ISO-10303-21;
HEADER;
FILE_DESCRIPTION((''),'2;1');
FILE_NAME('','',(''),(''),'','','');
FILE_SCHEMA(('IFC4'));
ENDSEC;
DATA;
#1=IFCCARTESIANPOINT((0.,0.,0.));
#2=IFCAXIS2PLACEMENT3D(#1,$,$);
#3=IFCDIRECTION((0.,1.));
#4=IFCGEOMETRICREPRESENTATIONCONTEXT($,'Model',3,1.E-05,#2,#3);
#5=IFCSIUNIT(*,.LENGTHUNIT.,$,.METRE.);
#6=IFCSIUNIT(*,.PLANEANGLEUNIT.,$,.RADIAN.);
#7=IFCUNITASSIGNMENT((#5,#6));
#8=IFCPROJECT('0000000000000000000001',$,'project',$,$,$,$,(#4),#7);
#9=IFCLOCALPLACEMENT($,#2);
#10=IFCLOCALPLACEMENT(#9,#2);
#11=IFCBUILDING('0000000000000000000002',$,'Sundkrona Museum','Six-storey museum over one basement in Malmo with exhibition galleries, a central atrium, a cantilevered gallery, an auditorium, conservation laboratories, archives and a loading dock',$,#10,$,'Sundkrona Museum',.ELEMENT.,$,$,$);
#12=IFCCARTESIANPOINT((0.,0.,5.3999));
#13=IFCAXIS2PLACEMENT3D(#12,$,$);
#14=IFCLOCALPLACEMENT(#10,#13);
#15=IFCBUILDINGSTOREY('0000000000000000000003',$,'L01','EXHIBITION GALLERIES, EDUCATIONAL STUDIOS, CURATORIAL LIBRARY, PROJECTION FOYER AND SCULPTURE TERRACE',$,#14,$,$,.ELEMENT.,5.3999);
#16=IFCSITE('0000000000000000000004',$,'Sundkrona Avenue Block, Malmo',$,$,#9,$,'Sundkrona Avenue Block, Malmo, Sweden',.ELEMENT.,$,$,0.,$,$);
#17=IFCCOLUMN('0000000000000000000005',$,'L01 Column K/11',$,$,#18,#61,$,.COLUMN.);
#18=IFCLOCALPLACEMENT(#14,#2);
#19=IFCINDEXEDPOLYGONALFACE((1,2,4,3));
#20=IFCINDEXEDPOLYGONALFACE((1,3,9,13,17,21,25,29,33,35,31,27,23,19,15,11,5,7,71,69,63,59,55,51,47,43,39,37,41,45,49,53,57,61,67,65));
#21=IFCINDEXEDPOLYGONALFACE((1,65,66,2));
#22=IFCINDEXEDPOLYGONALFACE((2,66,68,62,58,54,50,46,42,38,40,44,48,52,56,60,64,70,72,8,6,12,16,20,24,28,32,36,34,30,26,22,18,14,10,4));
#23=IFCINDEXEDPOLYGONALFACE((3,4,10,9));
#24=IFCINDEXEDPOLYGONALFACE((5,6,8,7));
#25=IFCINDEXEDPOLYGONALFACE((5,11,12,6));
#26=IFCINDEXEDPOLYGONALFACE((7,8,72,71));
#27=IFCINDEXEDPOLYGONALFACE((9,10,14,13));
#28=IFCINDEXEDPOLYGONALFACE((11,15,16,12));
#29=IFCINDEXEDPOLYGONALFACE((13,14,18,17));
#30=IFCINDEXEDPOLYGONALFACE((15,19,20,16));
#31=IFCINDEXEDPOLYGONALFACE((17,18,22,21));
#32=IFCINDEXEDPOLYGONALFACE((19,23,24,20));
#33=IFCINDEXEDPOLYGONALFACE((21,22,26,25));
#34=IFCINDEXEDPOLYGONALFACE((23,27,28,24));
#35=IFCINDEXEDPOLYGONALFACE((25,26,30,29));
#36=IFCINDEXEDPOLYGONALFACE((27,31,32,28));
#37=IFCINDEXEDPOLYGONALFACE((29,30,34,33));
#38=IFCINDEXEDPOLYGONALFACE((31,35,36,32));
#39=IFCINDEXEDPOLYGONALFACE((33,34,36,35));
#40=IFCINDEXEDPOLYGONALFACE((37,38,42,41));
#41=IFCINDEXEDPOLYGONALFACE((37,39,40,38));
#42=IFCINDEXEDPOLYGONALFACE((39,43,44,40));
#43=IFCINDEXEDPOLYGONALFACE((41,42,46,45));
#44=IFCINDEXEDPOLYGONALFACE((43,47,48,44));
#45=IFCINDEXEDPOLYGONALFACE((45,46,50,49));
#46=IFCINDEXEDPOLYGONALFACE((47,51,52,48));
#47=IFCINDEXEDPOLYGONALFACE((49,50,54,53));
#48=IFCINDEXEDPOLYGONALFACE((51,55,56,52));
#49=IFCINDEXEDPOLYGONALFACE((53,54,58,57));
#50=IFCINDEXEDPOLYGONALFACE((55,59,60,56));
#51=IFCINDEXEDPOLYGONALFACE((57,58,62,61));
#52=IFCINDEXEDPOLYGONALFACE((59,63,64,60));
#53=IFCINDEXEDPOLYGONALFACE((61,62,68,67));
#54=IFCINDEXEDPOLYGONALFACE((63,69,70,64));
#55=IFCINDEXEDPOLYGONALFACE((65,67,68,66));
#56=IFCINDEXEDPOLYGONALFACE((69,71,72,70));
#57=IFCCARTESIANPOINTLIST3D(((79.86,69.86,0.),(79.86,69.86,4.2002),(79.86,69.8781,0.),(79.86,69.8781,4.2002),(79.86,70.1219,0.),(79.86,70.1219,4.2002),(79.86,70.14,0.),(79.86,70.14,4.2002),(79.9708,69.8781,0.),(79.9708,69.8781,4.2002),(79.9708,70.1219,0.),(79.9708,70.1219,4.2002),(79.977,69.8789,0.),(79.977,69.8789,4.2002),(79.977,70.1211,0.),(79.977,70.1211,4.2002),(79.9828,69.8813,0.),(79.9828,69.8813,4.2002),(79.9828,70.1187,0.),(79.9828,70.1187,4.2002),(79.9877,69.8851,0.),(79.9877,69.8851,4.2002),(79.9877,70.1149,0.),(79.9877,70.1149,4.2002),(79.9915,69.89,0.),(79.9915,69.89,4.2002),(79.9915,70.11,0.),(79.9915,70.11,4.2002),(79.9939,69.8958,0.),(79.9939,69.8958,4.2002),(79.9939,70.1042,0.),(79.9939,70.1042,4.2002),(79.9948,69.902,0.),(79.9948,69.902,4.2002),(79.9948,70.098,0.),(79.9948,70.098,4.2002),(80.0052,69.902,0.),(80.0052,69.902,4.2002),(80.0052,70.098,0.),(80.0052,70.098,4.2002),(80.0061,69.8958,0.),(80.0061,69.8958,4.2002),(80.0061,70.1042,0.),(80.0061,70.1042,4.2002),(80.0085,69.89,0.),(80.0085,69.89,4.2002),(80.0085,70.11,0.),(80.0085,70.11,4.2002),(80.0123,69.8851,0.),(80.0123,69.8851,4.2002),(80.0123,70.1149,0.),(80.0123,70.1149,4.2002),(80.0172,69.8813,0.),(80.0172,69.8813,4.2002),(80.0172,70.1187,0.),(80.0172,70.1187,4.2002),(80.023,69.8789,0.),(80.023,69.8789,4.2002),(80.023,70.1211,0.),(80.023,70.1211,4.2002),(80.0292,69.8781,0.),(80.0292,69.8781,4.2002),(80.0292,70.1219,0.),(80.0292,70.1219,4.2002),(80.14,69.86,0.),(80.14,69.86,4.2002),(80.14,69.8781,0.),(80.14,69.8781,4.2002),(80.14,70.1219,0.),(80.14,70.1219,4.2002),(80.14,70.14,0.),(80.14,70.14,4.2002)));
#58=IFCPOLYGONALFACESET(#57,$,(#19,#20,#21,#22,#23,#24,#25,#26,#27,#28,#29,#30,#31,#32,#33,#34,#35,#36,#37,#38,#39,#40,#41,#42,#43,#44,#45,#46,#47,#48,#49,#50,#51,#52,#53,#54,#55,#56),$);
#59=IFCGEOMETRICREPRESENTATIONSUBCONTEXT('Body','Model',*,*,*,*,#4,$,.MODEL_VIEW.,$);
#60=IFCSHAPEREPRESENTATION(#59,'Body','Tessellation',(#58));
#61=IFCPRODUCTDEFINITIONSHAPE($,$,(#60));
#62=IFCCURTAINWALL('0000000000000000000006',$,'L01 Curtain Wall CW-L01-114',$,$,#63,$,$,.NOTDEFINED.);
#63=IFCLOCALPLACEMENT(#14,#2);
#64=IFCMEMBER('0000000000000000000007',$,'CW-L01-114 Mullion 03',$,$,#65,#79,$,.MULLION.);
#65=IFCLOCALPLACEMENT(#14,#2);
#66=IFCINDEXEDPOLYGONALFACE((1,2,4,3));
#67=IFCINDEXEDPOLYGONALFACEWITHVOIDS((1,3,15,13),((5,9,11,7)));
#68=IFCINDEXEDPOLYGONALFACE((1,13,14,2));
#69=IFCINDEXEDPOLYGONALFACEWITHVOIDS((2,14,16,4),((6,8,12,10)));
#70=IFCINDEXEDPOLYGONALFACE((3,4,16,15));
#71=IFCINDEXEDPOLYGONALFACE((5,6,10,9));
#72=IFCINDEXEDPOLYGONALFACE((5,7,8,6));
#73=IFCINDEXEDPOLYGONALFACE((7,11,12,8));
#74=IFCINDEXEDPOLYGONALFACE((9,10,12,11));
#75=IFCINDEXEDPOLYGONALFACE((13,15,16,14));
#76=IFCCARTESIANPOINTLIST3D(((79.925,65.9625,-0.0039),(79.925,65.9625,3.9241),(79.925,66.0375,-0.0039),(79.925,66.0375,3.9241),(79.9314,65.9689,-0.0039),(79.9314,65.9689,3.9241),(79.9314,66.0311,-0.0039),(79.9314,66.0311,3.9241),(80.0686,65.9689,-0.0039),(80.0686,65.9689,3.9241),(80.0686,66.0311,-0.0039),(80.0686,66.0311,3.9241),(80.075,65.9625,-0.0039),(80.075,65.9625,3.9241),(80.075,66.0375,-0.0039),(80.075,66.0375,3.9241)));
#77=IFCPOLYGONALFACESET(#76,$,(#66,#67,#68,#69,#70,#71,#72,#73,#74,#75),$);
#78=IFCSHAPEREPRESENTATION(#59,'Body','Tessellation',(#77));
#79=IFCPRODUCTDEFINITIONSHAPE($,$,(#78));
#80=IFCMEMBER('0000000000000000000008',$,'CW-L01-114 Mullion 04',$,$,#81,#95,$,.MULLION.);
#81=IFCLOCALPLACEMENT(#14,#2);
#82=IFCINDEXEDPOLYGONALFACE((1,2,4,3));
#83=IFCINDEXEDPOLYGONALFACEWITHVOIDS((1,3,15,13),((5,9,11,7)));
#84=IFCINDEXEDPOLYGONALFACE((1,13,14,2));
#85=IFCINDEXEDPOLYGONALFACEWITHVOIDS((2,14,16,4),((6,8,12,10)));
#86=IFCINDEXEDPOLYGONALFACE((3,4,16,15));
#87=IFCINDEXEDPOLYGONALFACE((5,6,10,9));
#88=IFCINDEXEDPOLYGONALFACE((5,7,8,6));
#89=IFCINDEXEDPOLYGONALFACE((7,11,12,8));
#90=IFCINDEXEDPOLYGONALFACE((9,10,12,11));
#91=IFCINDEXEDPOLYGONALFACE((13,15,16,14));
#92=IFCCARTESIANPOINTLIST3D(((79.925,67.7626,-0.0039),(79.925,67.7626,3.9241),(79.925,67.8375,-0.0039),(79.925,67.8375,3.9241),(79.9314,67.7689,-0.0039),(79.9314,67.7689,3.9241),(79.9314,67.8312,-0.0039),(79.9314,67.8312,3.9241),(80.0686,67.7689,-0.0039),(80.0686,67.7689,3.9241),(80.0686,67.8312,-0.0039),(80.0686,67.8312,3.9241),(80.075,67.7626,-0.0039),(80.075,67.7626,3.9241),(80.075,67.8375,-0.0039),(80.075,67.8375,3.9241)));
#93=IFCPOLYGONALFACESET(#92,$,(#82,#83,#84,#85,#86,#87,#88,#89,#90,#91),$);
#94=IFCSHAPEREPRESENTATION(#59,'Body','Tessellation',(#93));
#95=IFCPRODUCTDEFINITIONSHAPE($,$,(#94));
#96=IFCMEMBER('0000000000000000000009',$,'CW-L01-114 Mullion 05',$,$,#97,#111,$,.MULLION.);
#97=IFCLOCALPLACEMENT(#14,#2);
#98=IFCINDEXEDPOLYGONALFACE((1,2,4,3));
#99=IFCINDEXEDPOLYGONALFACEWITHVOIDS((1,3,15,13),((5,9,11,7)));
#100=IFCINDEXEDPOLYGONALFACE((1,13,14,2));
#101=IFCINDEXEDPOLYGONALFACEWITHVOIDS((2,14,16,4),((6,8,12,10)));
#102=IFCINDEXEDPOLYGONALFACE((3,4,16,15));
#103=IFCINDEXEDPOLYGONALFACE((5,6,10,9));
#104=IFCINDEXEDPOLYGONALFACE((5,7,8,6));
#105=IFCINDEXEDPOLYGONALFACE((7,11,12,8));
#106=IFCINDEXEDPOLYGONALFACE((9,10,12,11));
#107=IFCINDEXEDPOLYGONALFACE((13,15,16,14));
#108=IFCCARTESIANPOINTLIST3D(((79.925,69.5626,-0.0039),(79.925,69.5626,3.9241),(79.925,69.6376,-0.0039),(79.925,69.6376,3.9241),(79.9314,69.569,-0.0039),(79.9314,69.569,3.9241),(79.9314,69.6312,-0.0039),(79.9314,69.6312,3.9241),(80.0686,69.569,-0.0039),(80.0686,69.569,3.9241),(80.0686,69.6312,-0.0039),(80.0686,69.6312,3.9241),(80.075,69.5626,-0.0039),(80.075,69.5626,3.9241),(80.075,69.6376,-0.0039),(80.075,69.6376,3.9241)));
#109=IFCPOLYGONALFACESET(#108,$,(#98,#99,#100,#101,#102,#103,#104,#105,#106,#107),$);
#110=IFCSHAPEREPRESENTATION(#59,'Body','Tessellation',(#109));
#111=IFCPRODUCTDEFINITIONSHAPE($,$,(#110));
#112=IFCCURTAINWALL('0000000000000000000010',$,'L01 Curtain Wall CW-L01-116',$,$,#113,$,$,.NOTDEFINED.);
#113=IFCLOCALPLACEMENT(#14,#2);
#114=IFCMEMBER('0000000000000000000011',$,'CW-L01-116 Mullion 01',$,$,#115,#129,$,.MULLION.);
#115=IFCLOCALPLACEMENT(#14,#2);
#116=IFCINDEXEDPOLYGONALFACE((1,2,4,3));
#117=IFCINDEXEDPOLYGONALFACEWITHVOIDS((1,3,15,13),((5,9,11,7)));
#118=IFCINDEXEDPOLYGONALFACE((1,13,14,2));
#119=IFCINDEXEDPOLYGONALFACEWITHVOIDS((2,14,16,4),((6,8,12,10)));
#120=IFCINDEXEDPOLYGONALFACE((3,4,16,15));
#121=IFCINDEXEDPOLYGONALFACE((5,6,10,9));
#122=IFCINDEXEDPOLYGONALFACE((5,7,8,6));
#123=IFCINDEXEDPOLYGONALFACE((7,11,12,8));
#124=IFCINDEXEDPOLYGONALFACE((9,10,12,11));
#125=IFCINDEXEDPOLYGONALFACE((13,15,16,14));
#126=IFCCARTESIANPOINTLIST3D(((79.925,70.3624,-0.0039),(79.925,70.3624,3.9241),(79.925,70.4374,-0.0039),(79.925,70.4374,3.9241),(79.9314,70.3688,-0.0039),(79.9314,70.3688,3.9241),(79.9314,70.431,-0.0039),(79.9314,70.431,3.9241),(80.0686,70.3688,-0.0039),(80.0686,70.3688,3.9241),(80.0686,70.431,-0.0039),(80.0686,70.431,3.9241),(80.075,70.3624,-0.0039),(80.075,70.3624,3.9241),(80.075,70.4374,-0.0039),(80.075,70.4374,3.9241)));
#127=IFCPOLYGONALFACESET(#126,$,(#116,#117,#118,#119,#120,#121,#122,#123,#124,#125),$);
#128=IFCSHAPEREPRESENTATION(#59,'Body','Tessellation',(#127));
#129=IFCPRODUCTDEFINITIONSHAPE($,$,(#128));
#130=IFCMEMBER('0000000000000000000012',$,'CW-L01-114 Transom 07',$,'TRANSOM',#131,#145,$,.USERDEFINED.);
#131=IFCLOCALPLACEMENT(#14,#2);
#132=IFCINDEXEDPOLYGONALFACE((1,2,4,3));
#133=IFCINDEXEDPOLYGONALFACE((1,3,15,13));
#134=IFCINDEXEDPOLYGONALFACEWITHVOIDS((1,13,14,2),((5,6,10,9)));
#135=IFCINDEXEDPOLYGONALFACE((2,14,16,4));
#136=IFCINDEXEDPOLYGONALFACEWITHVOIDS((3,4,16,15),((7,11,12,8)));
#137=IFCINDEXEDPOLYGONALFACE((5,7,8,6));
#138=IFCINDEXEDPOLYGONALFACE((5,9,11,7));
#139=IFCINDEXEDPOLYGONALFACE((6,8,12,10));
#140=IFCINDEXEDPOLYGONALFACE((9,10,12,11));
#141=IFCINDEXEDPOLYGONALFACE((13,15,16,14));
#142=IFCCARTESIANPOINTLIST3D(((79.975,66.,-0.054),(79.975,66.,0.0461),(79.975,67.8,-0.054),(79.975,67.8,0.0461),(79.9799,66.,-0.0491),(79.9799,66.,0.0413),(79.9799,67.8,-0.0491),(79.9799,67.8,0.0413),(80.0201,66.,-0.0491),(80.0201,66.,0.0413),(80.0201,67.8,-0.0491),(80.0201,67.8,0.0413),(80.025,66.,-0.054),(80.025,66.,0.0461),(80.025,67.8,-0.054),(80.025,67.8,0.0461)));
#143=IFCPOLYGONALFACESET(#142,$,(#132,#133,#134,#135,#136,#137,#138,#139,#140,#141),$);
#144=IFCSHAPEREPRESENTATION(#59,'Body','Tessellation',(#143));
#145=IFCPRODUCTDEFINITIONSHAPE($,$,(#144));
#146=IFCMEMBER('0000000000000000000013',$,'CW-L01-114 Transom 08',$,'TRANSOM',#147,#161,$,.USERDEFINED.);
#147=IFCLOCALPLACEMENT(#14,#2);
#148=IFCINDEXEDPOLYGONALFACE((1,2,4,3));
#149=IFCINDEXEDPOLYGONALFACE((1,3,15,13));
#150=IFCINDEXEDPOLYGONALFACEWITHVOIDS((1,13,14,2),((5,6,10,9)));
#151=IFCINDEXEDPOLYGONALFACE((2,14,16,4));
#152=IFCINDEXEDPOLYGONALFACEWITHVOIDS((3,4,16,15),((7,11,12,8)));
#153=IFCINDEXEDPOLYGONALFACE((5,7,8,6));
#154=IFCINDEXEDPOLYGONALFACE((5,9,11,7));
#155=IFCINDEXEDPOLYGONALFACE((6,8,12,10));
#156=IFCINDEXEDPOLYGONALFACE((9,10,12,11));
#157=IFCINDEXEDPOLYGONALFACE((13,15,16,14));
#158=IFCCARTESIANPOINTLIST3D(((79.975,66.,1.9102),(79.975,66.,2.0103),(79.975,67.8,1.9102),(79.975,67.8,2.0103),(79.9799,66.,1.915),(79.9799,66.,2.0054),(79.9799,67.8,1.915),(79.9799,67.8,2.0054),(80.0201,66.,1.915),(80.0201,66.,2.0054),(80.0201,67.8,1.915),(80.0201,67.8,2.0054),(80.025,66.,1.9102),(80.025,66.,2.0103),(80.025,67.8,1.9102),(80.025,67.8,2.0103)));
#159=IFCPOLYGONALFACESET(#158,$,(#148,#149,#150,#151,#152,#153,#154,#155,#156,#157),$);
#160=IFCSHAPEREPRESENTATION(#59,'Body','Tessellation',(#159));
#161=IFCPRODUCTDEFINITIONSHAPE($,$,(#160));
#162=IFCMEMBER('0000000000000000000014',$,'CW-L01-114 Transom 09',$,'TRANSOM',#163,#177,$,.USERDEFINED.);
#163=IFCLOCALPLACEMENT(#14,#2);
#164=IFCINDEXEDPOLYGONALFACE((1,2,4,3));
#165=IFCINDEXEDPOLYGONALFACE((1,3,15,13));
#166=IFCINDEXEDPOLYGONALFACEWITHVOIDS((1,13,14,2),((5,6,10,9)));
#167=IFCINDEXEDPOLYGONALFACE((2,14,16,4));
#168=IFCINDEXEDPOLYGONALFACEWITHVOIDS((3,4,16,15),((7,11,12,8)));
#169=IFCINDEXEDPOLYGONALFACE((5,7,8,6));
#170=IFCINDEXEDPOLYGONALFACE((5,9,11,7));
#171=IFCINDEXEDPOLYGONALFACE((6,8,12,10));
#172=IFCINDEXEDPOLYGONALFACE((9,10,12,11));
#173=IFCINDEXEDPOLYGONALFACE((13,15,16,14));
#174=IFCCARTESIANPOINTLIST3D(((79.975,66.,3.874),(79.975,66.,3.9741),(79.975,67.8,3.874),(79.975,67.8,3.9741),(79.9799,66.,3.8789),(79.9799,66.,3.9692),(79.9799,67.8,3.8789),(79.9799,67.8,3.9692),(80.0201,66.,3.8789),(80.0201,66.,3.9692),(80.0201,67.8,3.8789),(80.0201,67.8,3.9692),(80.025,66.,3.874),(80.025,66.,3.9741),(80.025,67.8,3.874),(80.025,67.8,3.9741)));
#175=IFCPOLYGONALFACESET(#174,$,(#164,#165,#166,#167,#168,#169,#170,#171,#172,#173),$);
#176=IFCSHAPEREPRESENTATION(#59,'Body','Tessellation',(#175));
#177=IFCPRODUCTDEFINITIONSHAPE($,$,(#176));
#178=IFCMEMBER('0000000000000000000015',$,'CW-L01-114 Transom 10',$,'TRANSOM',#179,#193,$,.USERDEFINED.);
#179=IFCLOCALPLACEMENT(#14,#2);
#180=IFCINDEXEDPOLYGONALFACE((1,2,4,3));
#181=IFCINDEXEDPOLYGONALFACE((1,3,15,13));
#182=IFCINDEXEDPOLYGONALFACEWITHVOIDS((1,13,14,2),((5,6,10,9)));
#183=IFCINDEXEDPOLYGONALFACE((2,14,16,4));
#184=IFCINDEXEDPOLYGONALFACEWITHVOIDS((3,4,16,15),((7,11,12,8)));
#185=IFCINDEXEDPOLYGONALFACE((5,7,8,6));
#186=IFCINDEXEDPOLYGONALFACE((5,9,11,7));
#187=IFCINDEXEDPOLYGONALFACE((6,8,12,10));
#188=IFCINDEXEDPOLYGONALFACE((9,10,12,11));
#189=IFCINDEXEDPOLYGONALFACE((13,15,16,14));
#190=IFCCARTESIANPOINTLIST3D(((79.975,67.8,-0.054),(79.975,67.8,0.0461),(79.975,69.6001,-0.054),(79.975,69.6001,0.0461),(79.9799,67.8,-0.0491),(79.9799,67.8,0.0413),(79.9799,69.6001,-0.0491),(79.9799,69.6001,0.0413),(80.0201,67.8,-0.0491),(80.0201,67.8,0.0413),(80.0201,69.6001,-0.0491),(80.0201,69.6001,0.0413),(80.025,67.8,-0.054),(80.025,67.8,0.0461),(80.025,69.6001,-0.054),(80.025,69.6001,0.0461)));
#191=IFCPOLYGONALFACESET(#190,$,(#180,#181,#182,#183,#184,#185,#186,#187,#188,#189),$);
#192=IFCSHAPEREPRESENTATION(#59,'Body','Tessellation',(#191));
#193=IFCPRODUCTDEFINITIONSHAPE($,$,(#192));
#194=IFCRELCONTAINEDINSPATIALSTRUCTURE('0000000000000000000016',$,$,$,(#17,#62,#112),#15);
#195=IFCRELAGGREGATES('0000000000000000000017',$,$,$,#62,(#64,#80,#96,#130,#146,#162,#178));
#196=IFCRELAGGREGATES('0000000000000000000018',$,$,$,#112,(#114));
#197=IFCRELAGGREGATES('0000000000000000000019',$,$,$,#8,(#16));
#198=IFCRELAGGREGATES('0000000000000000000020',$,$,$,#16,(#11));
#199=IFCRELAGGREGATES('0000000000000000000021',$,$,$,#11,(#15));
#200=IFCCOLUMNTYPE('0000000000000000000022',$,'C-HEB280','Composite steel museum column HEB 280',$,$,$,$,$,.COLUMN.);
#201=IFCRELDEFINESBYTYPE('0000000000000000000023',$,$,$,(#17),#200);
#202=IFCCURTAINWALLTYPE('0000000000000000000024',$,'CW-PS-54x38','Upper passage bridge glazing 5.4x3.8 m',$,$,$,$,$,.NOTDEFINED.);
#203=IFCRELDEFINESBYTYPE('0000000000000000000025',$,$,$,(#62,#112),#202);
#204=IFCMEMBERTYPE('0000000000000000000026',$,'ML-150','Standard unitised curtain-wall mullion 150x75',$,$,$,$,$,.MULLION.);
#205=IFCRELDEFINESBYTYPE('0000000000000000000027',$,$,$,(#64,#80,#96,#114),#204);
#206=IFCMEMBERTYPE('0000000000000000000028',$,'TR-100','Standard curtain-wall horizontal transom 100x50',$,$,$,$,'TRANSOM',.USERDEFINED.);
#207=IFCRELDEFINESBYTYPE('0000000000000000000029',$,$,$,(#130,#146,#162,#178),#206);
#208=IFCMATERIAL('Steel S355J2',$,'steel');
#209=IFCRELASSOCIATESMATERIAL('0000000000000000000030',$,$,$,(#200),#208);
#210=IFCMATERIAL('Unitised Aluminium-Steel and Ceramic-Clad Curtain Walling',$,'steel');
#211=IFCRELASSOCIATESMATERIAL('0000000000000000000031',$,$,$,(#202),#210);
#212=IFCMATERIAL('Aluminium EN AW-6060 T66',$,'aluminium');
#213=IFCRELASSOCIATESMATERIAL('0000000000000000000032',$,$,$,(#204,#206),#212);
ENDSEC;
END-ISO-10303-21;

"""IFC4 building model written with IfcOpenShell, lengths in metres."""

from ifc_helpers import new_model, si_unit, direction, frame, origin, origin_2d, place, context, subcontext, project, spatial, hollow_rectangle, i_section, extrude, material, material_profile, profile_set, type_object, element, aggregate, save


model = new_model("IFC4")

# Units and contexts
model_context = context("Model", 3, precision=1e-05, world=origin(), true_north=direction((0.0, 1.0)))
body_context = subcontext(model_context, "Body", "Model", "MODEL_VIEW")
ifc_project = project(units=[si_unit("LENGTHUNIT", "METRE"), si_unit("PLANEANGLEUNIT", "RADIAN")], contexts=[model_context])

# Site, building, storey
site_placement = place(None, origin())
site = spatial("IfcSite", under=ifc_project, at=site_placement, Name="Sundkrona Avenue Block, Malmo", LongName="Sundkrona Avenue Block, Malmo, Sweden", CompositionType="ELEMENT", RefElevation=0.0)
building_placement = place(site_placement, origin())
building = spatial("IfcBuilding", under=site, at=building_placement, Name="Sundkrona Museum", Description="Six-storey museum over one basement in Malmo with exhibition galleries, a central atrium, a cantilevered gallery, an auditorium, conservation laboratories, archives and a loading dock", LongName="Sundkrona Museum", CompositionType="ELEMENT")
storey_placement = place(building_placement, frame((0.0, 0.0, 5.3999)))
storey = spatial("IfcBuildingStorey", under=building, at=storey_placement, Name="L01", Description="EXHIBITION GALLERIES, EDUCATIONAL STUDIOS, CURATORIAL LIBRARY, PROJECTION FOYER AND SCULPTURE TERRACE", CompositionType="ELEMENT", Elevation=5.3999)

# Column
ifc_material_1 = material(Name="Steel S355J2", Category="steel")
ifc_material_profile_1 = material_profile(ifc_material_1, i_section(OverallWidth=0.28, OverallDepth=0.28, WebThickness=0.0105, FlangeThickness=0.0181, FilletRadius=0.0239, at=origin_2d()), Name="HEB 280")
ifc_profile_set_1 = profile_set([ifc_material_profile_1], Name="Steel S355J2")
column_type = type_object("IfcColumnType", Name="C-HEB280", Description="Composite steel museum column HEB 280", PredefinedType="COLUMN", material=ifc_profile_set_1)
column_placement = place(storey_placement, frame((80.0, 70.0, 0.0), z_axis=(0.0, 0.0, 1.0), x_axis=(1.0, 0.0, 0.0)))
element("IfcColumn", 1, at=column_placement, inside=storey, type_object=column_type, Name="L01 Column K/11", PredefinedType="COLUMN", context=body_context, shape_type="SweptSolid", body=[
    extrude(i_section(OverallWidth=0.28, OverallDepth=0.28, WebThickness=0.0105, FlangeThickness=0.0181, FilletRadius=0.0239, at=origin_2d()), origin(), (0.0, 0.0, 1.0), 4.2002),
])

# Curtain wall, members
ifc_material_2 = material(Name="Unitised Aluminium-Steel and Ceramic-Clad Curtain Walling", Category="steel")
curtain_wall_type = type_object("IfcCurtainWallType", Name="CW-PS-54x38", Description="Upper passage bridge glazing 5.4x3.8 m", PredefinedType="NOTDEFINED", material=ifc_material_2)
curtain_wall_1_placement = place(storey_placement, origin())
curtain_wall_1 = element("IfcCurtainWall", 2, at=curtain_wall_1_placement, inside=storey, type_object=curtain_wall_type, Name="L01 Curtain Wall CW-L01-114", PredefinedType="NOTDEFINED")
ifc_material_3 = material(Name="Aluminium EN AW-6060 T66", Category="aluminium")
ifc_material_profile_2 = material_profile(ifc_material_3, hollow_rectangle(XDim=0.075, YDim=0.1499, WallThickness=0.0063, at=origin_2d()), Name="RHS 150x75x6.3")
ifc_profile_set_2 = profile_set([ifc_material_profile_2], Name="Aluminium EN AW-6060 T66")
member_type_1 = type_object("IfcMemberType", Name="ML-150", Description="Standard unitised curtain-wall mullion 150x75", PredefinedType="MULLION", material=ifc_profile_set_2)
member_1_placement = place(storey_placement, frame((80.0, 66.0, -0.0039), z_axis=(0.0, 0.0, 1.0), x_axis=(0.0, 1.0, 0.0)))
member_1 = element("IfcMember", 3, at=member_1_placement, type_object=member_type_1, Name="CW-L01-114 Mullion 03", PredefinedType="MULLION", context=body_context, shape_type="SweptSolid", body=[
    extrude(hollow_rectangle(XDim=0.075, YDim=0.1499, WallThickness=0.0063, at=origin_2d()), origin(), (0.0, 0.0, 1.0), 3.928),
])
member_2_placement = place(storey_placement, frame((80.0, 67.8, -0.0039), z_axis=(0.0, 0.0, 1.0), x_axis=(0.0, 1.0, 0.0)))
member_2 = element("IfcMember", 4, at=member_2_placement, type_object=member_type_1, Name="CW-L01-114 Mullion 04", PredefinedType="MULLION", context=body_context, shape_type="SweptSolid", body=[
    extrude(hollow_rectangle(XDim=0.075, YDim=0.1499, WallThickness=0.0063, at=origin_2d()), origin(), (0.0, 0.0, 1.0), 3.928),
])
member_3_placement = place(storey_placement, frame((80.0, 69.6001, -0.0039), z_axis=(0.0, 0.0, 1.0), x_axis=(0.0, 1.0, 0.0)))
member_3 = element("IfcMember", 5, at=member_3_placement, type_object=member_type_1, Name="CW-L01-114 Mullion 05", PredefinedType="MULLION", context=body_context, shape_type="SweptSolid", body=[
    extrude(hollow_rectangle(XDim=0.075, YDim=0.1499, WallThickness=0.0063, at=origin_2d()), origin(), (0.0, 0.0, 1.0), 3.928),
])

# Curtain wall, member
curtain_wall_2_placement = place(storey_placement, origin())
curtain_wall_2 = element("IfcCurtainWall", 6, at=curtain_wall_2_placement, inside=storey, type_object=curtain_wall_type, Name="L01 Curtain Wall CW-L01-116", PredefinedType="NOTDEFINED")
member_4_placement = place(storey_placement, frame((80.0, 70.3999, -0.0039), z_axis=(0.0, 0.0, 1.0), x_axis=(0.0, 1.0, 0.0)))
member_4 = element("IfcMember", 7, at=member_4_placement, type_object=member_type_1, Name="CW-L01-116 Mullion 01", PredefinedType="MULLION", context=body_context, shape_type="SweptSolid", body=[
    extrude(hollow_rectangle(XDim=0.075, YDim=0.1499, WallThickness=0.0063, at=origin_2d()), origin(), (0.0, 0.0, 1.0), 3.928),
])

# Members
ifc_material_profile_3 = material_profile(ifc_material_3, hollow_rectangle(XDim=0.05, YDim=0.1001, WallThickness=0.0049, at=origin_2d()), Name="RHS 100x50x5.0")
ifc_profile_set_3 = profile_set([ifc_material_profile_3], Name="Aluminium EN AW-6060 T66")
member_type_2 = type_object("IfcMemberType", Name="TR-100", Description="Standard curtain-wall horizontal transom 100x50", ElementType="TRANSOM", PredefinedType="USERDEFINED", material=ifc_profile_set_3)
member_5_placement = place(storey_placement, frame((80.0, 66.0, -0.0039), z_axis=(0.0, 1.0, 0.0), x_axis=(-1.0, 0.0, 0.0)))
member_5 = element("IfcMember", 8, at=member_5_placement, type_object=member_type_2, Name="CW-L01-114 Transom 07", ObjectType="TRANSOM", PredefinedType="USERDEFINED", context=body_context, shape_type="SweptSolid", body=[
    extrude(hollow_rectangle(XDim=0.05, YDim=0.1001, WallThickness=0.0049, at=origin_2d()), origin(), (0.0, 0.0, 1.0), 1.8),
])
member_6_placement = place(storey_placement, frame((80.0, 66.0, 1.9602), z_axis=(0.0, 1.0, 0.0), x_axis=(-1.0, 0.0, 0.0)))
member_6 = element("IfcMember", 9, at=member_6_placement, type_object=member_type_2, Name="CW-L01-114 Transom 08", ObjectType="TRANSOM", PredefinedType="USERDEFINED", context=body_context, shape_type="SweptSolid", body=[
    extrude(hollow_rectangle(XDim=0.05, YDim=0.1001, WallThickness=0.0049, at=origin_2d()), origin(), (0.0, 0.0, 1.0), 1.8),
])
member_7_placement = place(storey_placement, frame((80.0, 66.0, 3.9241), z_axis=(0.0, 1.0, 0.0), x_axis=(-1.0, 0.0, 0.0)))
member_7 = element("IfcMember", 10, at=member_7_placement, type_object=member_type_2, Name="CW-L01-114 Transom 09", ObjectType="TRANSOM", PredefinedType="USERDEFINED", context=body_context, shape_type="SweptSolid", body=[
    extrude(hollow_rectangle(XDim=0.05, YDim=0.1001, WallThickness=0.0049, at=origin_2d()), origin(), (0.0, 0.0, 1.0), 1.8),
])
member_8_placement = place(storey_placement, frame((80.0, 67.8, -0.0039), z_axis=(0.0, 1.0, 0.0), x_axis=(-1.0, 0.0, 0.0)))
member_8 = element("IfcMember", 11, at=member_8_placement, type_object=member_type_2, Name="CW-L01-114 Transom 10", ObjectType="TRANSOM", PredefinedType="USERDEFINED", context=body_context, shape_type="SweptSolid", body=[
    extrude(hollow_rectangle(XDim=0.05, YDim=0.1001, WallThickness=0.0049, at=origin_2d()), origin(), (0.0, 0.0, 1.0), 1.8),
])

aggregate(curtain_wall_1, [member_1, member_2, member_3, member_5, member_6, member_7, member_8])
aggregate(curtain_wall_2, [member_4])

save(model, "model.ifc")
